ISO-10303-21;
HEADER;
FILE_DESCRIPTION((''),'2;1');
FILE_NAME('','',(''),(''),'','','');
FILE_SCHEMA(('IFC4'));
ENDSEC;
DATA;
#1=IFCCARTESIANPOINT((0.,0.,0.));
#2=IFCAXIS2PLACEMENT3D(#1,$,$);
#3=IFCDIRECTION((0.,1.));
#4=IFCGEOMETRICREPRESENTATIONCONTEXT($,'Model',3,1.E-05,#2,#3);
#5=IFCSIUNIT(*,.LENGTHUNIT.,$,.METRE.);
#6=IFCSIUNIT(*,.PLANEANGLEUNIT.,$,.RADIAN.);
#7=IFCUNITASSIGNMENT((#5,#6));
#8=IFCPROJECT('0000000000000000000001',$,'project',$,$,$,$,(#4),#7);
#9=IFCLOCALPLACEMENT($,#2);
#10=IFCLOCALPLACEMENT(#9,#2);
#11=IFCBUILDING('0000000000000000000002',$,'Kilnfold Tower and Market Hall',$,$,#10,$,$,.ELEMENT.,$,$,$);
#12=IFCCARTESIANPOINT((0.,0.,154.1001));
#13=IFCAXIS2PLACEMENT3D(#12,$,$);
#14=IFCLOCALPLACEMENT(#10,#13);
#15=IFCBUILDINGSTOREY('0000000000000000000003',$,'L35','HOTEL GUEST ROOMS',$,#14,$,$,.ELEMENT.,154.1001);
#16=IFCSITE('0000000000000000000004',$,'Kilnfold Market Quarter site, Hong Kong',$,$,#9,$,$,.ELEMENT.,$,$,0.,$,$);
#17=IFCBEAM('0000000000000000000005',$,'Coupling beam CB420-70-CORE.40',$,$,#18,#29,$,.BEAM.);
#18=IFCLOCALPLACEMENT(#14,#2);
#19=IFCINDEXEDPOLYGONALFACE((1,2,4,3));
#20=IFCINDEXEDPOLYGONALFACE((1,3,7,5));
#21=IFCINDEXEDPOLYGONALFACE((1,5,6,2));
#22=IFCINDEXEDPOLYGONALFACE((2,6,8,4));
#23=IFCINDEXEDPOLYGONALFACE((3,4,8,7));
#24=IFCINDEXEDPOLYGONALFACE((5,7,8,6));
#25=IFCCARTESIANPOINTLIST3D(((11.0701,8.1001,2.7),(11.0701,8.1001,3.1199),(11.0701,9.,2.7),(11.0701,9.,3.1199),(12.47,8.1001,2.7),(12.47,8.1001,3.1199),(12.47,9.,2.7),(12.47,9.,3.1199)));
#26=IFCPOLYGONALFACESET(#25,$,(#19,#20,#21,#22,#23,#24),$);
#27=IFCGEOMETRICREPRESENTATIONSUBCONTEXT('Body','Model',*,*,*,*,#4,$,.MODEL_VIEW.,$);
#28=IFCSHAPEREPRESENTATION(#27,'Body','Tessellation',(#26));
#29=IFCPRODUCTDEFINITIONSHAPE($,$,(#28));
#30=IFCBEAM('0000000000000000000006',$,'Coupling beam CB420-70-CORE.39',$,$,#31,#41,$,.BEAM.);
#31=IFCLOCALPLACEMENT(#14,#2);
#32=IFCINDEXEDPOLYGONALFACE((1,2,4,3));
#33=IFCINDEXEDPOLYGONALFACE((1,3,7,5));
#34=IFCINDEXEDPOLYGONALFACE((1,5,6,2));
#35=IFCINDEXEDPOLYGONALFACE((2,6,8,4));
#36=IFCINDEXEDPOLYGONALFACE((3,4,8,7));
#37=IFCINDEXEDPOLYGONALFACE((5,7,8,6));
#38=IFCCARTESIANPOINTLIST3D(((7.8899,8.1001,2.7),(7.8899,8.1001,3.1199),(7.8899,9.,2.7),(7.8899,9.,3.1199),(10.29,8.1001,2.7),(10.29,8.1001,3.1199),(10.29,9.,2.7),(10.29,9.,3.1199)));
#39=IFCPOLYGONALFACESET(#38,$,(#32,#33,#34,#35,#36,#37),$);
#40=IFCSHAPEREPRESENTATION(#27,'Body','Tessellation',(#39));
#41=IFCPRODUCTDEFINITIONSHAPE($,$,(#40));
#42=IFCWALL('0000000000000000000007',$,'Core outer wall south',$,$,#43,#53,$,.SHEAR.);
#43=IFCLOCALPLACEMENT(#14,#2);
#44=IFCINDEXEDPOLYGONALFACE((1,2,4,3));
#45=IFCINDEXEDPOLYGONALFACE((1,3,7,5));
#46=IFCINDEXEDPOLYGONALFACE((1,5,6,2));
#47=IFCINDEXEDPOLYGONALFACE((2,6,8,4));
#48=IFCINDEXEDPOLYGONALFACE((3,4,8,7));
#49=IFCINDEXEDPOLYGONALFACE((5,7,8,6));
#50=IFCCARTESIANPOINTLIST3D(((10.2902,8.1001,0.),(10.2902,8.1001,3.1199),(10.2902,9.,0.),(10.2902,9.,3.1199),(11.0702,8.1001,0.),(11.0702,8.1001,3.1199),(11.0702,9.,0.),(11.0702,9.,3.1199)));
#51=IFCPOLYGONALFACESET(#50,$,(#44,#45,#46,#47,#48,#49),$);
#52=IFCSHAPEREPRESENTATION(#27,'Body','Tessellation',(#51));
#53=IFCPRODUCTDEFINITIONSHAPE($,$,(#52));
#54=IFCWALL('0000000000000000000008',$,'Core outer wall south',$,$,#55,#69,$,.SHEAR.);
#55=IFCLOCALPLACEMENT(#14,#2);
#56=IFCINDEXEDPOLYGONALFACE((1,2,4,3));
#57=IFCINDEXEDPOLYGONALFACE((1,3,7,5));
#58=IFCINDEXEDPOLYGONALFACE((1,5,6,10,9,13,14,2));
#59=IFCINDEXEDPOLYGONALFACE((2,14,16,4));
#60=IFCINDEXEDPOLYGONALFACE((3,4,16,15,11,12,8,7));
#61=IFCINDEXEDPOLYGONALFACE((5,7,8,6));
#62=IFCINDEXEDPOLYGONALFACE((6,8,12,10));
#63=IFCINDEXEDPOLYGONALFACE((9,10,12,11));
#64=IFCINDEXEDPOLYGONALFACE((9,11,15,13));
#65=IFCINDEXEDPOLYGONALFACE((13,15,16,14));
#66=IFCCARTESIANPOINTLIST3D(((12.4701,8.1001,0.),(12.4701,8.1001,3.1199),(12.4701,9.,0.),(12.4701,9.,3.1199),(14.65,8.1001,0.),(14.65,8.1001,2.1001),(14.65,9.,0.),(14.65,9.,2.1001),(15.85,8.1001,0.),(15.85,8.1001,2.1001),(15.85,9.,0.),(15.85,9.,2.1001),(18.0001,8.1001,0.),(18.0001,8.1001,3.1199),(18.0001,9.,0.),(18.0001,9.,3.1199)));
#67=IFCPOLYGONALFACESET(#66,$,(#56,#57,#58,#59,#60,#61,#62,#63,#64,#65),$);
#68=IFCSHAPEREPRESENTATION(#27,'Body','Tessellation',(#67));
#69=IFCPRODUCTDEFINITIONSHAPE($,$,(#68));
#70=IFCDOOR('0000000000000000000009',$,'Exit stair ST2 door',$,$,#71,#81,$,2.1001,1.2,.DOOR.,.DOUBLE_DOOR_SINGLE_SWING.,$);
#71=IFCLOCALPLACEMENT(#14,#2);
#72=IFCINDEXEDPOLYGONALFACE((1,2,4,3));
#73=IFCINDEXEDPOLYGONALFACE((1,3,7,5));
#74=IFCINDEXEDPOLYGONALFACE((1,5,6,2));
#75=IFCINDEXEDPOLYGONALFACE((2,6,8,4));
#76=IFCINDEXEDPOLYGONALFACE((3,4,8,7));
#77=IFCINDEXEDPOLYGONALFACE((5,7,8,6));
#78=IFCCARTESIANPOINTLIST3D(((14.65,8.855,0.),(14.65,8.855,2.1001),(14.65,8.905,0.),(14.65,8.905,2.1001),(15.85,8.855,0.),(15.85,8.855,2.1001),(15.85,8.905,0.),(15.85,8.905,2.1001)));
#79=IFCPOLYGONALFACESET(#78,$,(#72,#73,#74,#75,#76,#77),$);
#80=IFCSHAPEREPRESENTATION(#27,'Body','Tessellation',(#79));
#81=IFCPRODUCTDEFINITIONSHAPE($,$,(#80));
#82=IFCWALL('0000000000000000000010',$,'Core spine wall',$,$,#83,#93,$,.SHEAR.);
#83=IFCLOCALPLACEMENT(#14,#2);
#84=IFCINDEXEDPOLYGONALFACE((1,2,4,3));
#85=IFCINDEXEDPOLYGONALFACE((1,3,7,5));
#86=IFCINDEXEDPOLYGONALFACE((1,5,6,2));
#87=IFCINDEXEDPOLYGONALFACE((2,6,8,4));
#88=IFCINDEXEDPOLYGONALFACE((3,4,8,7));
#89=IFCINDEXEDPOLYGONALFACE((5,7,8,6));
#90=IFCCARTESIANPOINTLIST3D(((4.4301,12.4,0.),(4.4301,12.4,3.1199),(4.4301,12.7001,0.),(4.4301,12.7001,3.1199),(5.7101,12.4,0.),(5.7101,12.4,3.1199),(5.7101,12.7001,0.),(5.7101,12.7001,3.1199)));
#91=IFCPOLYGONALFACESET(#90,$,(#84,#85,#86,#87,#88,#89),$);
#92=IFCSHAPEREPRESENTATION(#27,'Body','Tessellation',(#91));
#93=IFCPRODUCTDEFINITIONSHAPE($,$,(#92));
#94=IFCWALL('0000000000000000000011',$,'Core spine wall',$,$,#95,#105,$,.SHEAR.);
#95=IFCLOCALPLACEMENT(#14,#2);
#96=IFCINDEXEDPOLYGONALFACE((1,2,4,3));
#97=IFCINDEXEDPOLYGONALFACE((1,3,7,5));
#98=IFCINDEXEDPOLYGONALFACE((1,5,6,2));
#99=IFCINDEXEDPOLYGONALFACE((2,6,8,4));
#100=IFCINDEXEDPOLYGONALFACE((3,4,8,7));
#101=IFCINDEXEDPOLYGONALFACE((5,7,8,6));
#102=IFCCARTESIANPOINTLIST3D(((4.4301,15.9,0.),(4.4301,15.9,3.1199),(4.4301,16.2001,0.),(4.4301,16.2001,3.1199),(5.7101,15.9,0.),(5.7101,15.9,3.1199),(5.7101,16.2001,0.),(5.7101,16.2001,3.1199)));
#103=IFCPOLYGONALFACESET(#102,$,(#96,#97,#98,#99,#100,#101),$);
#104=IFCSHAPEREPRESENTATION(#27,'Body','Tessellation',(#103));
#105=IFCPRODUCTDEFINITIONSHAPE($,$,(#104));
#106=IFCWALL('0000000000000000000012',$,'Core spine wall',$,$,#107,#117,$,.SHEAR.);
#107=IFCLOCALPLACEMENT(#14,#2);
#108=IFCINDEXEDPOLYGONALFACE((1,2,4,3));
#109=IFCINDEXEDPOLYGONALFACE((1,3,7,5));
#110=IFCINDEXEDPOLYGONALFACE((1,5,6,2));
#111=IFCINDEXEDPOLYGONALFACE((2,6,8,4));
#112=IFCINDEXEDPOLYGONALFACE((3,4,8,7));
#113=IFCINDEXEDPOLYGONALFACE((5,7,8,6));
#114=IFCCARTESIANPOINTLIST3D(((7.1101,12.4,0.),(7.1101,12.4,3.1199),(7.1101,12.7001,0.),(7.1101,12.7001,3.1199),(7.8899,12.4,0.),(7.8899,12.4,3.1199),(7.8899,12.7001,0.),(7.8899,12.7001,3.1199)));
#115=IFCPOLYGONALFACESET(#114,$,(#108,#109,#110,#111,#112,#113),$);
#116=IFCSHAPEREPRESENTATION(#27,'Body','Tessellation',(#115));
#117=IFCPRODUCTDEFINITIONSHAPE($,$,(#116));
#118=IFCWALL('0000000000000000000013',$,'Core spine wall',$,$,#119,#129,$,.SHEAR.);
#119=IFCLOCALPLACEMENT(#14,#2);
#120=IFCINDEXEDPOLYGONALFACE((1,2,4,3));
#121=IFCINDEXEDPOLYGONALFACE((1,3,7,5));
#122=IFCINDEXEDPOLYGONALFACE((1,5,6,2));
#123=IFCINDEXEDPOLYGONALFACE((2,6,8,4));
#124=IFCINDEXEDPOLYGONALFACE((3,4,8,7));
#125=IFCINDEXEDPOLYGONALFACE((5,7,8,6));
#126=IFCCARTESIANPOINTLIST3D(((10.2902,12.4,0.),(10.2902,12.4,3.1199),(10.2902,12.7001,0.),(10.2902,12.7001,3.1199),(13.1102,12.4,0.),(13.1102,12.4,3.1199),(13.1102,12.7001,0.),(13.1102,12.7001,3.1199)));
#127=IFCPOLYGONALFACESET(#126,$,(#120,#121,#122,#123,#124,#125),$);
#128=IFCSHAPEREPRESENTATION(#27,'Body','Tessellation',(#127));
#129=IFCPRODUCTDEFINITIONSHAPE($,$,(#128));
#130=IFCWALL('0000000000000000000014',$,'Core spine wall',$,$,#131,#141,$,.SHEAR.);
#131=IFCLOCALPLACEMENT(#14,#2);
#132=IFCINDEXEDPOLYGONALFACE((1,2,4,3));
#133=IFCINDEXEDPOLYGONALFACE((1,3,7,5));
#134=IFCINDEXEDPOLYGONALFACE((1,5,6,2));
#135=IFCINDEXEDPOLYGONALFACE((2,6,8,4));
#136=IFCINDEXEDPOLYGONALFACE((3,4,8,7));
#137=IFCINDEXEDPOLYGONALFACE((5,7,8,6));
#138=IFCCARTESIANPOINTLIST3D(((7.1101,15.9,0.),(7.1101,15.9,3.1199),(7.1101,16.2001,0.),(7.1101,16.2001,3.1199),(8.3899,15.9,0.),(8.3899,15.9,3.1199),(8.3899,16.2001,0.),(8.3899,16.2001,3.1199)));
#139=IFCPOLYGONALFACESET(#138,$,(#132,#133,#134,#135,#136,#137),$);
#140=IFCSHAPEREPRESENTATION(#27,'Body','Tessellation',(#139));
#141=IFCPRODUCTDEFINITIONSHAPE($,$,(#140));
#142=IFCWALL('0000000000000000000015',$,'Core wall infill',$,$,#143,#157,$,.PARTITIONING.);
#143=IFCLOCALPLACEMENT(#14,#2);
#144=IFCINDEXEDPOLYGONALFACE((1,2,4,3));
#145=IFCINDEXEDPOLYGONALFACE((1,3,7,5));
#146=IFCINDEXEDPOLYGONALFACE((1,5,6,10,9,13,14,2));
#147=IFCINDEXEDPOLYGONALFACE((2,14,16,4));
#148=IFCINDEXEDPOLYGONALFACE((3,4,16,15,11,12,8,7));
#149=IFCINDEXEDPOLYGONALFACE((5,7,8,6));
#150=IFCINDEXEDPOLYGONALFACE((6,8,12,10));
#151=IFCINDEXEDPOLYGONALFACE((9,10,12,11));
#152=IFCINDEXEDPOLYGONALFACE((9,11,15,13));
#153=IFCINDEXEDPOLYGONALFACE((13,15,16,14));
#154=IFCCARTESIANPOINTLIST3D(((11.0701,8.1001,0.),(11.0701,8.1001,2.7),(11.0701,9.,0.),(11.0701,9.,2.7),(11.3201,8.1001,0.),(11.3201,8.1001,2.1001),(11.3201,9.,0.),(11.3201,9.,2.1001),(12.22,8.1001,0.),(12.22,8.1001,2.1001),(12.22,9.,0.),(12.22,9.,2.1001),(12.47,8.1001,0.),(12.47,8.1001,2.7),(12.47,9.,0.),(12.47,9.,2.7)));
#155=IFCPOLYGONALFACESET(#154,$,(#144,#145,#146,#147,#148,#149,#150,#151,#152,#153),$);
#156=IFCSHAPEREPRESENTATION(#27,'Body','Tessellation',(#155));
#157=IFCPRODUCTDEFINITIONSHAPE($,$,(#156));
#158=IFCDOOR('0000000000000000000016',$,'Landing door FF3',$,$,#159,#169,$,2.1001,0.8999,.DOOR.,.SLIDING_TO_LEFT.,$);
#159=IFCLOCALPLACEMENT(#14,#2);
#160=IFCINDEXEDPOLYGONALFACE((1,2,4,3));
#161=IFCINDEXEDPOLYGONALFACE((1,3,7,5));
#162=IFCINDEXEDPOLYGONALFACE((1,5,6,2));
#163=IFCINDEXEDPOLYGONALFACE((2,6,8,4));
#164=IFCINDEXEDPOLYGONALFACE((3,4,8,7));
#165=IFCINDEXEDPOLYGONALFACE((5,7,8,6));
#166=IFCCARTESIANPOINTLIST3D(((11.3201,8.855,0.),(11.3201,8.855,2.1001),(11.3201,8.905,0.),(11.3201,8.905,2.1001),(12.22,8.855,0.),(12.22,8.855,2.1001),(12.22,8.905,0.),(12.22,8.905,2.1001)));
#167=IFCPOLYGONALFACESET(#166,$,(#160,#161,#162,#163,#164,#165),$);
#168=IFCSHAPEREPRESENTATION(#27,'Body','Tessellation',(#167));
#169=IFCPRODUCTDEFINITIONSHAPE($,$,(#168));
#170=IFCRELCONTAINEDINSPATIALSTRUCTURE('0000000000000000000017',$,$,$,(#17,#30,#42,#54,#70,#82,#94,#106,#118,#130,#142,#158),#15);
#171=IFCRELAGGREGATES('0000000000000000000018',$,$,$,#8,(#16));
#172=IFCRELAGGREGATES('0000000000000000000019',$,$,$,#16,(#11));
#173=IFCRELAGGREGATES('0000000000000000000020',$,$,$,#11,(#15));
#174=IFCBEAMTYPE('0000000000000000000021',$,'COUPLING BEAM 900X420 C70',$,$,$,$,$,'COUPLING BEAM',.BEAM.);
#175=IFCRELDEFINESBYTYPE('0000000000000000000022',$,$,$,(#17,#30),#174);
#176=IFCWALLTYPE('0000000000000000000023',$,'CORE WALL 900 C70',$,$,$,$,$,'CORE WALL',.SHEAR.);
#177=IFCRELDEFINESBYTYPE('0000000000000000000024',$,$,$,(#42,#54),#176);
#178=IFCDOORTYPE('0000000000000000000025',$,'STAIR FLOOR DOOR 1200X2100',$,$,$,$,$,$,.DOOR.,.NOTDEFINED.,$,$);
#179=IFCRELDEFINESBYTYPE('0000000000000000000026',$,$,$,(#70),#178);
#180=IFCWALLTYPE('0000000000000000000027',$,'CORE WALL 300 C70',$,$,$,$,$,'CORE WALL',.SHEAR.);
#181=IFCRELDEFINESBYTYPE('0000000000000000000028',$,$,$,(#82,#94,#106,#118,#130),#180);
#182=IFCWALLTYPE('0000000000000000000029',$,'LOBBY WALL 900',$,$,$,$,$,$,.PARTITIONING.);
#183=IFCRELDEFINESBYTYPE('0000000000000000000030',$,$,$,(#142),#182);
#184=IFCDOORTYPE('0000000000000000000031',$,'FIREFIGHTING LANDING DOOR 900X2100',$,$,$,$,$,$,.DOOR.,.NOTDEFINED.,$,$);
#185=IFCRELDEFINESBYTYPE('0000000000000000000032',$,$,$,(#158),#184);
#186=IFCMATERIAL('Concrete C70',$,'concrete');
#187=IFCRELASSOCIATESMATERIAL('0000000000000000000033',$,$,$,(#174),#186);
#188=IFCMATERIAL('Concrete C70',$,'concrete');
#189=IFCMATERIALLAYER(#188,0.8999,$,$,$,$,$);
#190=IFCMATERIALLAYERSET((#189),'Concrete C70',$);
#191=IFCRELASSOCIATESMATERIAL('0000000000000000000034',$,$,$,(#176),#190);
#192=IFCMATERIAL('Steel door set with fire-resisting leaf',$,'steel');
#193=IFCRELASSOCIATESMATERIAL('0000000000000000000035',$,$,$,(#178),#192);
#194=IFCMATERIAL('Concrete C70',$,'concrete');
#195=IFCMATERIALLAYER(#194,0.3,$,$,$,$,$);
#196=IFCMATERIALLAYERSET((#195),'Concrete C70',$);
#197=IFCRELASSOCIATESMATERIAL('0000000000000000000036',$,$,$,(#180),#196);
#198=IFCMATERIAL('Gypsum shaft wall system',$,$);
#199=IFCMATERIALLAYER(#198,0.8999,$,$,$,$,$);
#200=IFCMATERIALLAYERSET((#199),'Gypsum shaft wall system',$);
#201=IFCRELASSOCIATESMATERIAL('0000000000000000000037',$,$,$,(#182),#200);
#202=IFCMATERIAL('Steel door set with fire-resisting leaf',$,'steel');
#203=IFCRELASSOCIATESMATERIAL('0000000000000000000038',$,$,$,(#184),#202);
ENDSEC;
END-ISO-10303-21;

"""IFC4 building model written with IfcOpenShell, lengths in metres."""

from ifc_helpers import new_model, si_unit, direction, frame, frame_2d, origin, origin_2d, place, context, subcontext, project, spatial, rectangle, extrude, source, transform, mapped, material, layer, layer_set, material_profile, profile_set, type_object, element, fill, save


model = new_model("IFC4")

# Units and contexts
model_context = context("Model", 3, precision=1e-05, world=origin(), true_north=direction((0.0, 1.0)))
body_context = subcontext(model_context, "Body", "Model", "MODEL_VIEW")
ifc_project = project(units=[si_unit("LENGTHUNIT", "METRE"), si_unit("PLANEANGLEUNIT", "RADIAN")], contexts=[model_context])

# Site, building, storey
site_placement = place(None, origin())
site = spatial("IfcSite", under=ifc_project, at=site_placement, Name="Kilnfold Market Quarter site, Hong Kong", CompositionType="ELEMENT", RefElevation=0.0)
building_placement = place(site_placement, origin())
building = spatial("IfcBuilding", under=site, at=building_placement, Name="Kilnfold Tower and Market Hall", CompositionType="ELEMENT")
storey_placement = place(building_placement, frame((0.0, 0.0, 154.1001)))
storey = spatial("IfcBuildingStorey", under=building, at=storey_placement, Name="L35", Description="HOTEL GUEST ROOMS", CompositionType="ELEMENT", Elevation=154.1001)

# Beams
ifc_material_1 = material(Name="Concrete C70", Category="concrete")
ifc_material_profile = material_profile(ifc_material_1, rectangle(XDim=0.8999, YDim=0.4199, at=origin_2d()), Name="RC 900x420")
ifc_profile_set = profile_set([ifc_material_profile], Name="Concrete C70")
beam_type = type_object("IfcBeamType", Name="COUPLING BEAM 900X420 C70", ElementType="COUPLING BEAM", PredefinedType="BEAM", material=ifc_profile_set)
shared_shape_1 = source(origin(), body_context, "Body", "SweptSolid", [
    extrude(rectangle(XDim=0.8999, YDim=0.4199, at=origin_2d()), origin(), (0.0, 0.0, 1.0), 1.3999),
])
beam_1_placement = place(storey_placement, frame((11.0701, 8.55, 2.9099), z_axis=(1.0, 0.0, 0.0), x_axis=(0.0, 1.0, 0.0)))
element("IfcBeam", 1, at=beam_1_placement, inside=storey, type_object=beam_type, Name="Coupling beam CB420-70-CORE.40", PredefinedType="BEAM", context=body_context, shape_type="MappedRepresentation", body=[
    mapped(shared_shape_1, transform((0.0, 0.0, 0.0))),
])
shared_shape_2 = source(origin(), body_context, "Body", "SweptSolid", [
    extrude(rectangle(XDim=0.8999, YDim=0.4199, at=origin_2d()), origin(), (0.0, 0.0, 1.0), 2.4001),
])
beam_2_placement = place(storey_placement, frame((7.8899, 8.55, 2.9099), z_axis=(1.0, 0.0, 0.0), x_axis=(0.0, 1.0, 0.0)))
element("IfcBeam", 2, at=beam_2_placement, inside=storey, type_object=beam_type, Name="Coupling beam CB420-70-CORE.39", PredefinedType="BEAM", context=body_context, shape_type="MappedRepresentation", body=[
    mapped(shared_shape_2, transform((0.0, 0.0, 0.0))),
])

# Wall
ifc_material_2 = material(Name="Concrete C70", Category="concrete")
ifc_layer_1 = layer(ifc_material_2, 0.8999)
ifc_layer_set_1 = layer_set([ifc_layer_1], Name="Concrete C70")
wall_type_1 = type_object("IfcWallType", Name="CORE WALL 900 C70", ElementType="CORE WALL", PredefinedType="SHEAR", material=ifc_layer_set_1)
shared_shape_3 = source(origin(), body_context, "Body", "SweptSolid", [
    extrude(rectangle(XDim=0.78, YDim=0.8999, at=frame_2d((0.3901, 0.0))), origin(), (0.0, 0.0, 1.0), 3.1199),
])
wall_1_placement = place(storey_placement, frame((10.29, 8.55, 0.0), z_axis=(0.0, 0.0, 1.0), x_axis=(1.0, 0.0, 0.0)))
element("IfcWall", 3, at=wall_1_placement, inside=storey, type_object=wall_type_1, Name="Core outer wall south", PredefinedType="SHEAR", context=body_context, shape_type="MappedRepresentation", body=[
    mapped(shared_shape_3, transform((0.0, 0.0, 0.0))),
])

# Wall, opening, door
shared_shape_4 = source(origin(), body_context, "Body", "SweptSolid", [
    extrude(rectangle(XDim=5.53, YDim=0.8999, at=frame_2d((2.7651, 0.0))), origin(), (0.0, 0.0, 1.0), 3.1199),
])
wall_2_placement = place(storey_placement, frame((12.47, 8.55, 0.0), z_axis=(0.0, 0.0, 1.0), x_axis=(1.0, 0.0, 0.0)))
wall_2 = element("IfcWall", 4, at=wall_2_placement, inside=storey, type_object=wall_type_1, Name="Core outer wall south", PredefinedType="SHEAR", context=body_context, shape_type="MappedRepresentation", body=[
    mapped(shared_shape_4, transform((0.0, 0.0, 0.0))),
])
opening_1_placement = place(wall_2_placement, frame((2.1799, 0.0, 0.0)))
opening_1 = element("IfcOpeningElement", 5, at=opening_1_placement, cuts=wall_2, PredefinedType="OPENING", context=body_context, shape_type="SweptSolid", body=[
    extrude(rectangle(XDim=1.2, YDim=2.1001, at=frame_2d((0.6001, 1.05))), frame((0.0, 0.46, 0.0), z_axis=(0.0, -1.0, 0.0), x_axis=(1.0, 0.0, 0.0)), (0.0, 0.0, 1.0), 0.9199),
])
ifc_material_3 = material(Name="Steel door set with fire-resisting leaf", Category="steel")
door_type_1 = type_object("IfcDoorType", Name="STAIR FLOOR DOOR 1200X2100", OperationType="NOTDEFINED", PredefinedType="DOOR", material=ifc_material_3)
door_1_placement = place(opening_1_placement, origin())
door_1 = element("IfcDoor", 6, at=door_1_placement, inside=storey, type_object=door_type_1, Name="Exit stair ST2 door", OperationType="DOUBLE_DOOR_SINGLE_SWING", OverallHeight=2.1001, OverallWidth=1.2, PredefinedType="DOOR", context=body_context, shape_type="SweptSolid", body=[
    extrude(rectangle(XDim=1.2, YDim=2.1001, at=frame_2d((0.6001, 1.05))), frame((0.0, 0.355, 0.0), z_axis=(0.0, -1.0, 0.0), x_axis=(1.0, 0.0, 0.0)), (0.0, 0.0, 1.0), 0.05),
])
fill(opening_1, door_1)

# Walls
ifc_material_4 = material(Name="Concrete C70", Category="concrete")
ifc_layer_2 = layer(ifc_material_4, 0.3)
ifc_layer_set_2 = layer_set([ifc_layer_2], Name="Concrete C70")
wall_type_2 = type_object("IfcWallType", Name="CORE WALL 300 C70", ElementType="CORE WALL", PredefinedType="SHEAR", material=ifc_layer_set_2)
shared_shape_5 = source(origin(), body_context, "Body", "SweptSolid", [
    extrude(rectangle(XDim=1.28, YDim=0.3, at=frame_2d((0.6401, 0.0))), origin(), (0.0, 0.0, 1.0), 3.1199),
])
for number, where, z_axis, x_axis, name in (
    (7, (4.4299, 12.55, 0.0), (0.0, 0.0, 1.0), (1.0, 0.0, 0.0), "Core spine wall"),
    (8, (4.4299, 16.05, 0.0), (0.0, 0.0, 1.0), (1.0, 0.0, 0.0), "Core spine wall"),
):
    element("IfcWall", number, at=place(storey_placement, frame(where, z_axis=z_axis, x_axis=x_axis)), inside=storey, type_object=wall_type_2, Name=name, PredefinedType="SHEAR", context=body_context, shape_type="MappedRepresentation", body=[
        mapped(shared_shape_5, transform((0.0, 0.0, 0.0))),
    ])
shared_shape_6 = source(origin(), body_context, "Body", "SweptSolid", [
    extrude(rectangle(XDim=0.7798, YDim=0.3, at=frame_2d((0.3899, 0.0))), origin(), (0.0, 0.0, 1.0), 3.1199),
])
wall_3_placement = place(storey_placement, frame((7.1101, 12.55, 0.0), z_axis=(0.0, 0.0, 1.0), x_axis=(1.0, 0.0, 0.0)))
element("IfcWall", 9, at=wall_3_placement, inside=storey, type_object=wall_type_2, Name="Core spine wall", PredefinedType="SHEAR", context=body_context, shape_type="MappedRepresentation", body=[
    mapped(shared_shape_6, transform((0.0, 0.0, 0.0))),
])
shared_shape_7 = source(origin(), body_context, "Body", "SweptSolid", [
    extrude(rectangle(XDim=2.8201, YDim=0.3, at=frame_2d((1.4102, 0.0))), origin(), (0.0, 0.0, 1.0), 3.1199),
])
wall_4_placement = place(storey_placement, frame((10.29, 12.55, 0.0), z_axis=(0.0, 0.0, 1.0), x_axis=(1.0, 0.0, 0.0)))
element("IfcWall", 10, at=wall_4_placement, inside=storey, type_object=wall_type_2, Name="Core spine wall", PredefinedType="SHEAR", context=body_context, shape_type="MappedRepresentation", body=[
    mapped(shared_shape_7, transform((0.0, 0.0, 0.0))),
])
shared_shape_8 = source(origin(), body_context, "Body", "SweptSolid", [
    extrude(rectangle(XDim=1.2798, YDim=0.3, at=frame_2d((0.6399, 0.0))), origin(), (0.0, 0.0, 1.0), 3.1199),
])
wall_5_placement = place(storey_placement, frame((7.1101, 16.05, 0.0), z_axis=(0.0, 0.0, 1.0), x_axis=(1.0, 0.0, 0.0)))
element("IfcWall", 11, at=wall_5_placement, inside=storey, type_object=wall_type_2, Name="Core spine wall", PredefinedType="SHEAR", context=body_context, shape_type="MappedRepresentation", body=[
    mapped(shared_shape_8, transform((0.0, 0.0, 0.0))),
])

# Wall, opening, door
ifc_material_5 = material(Name="Gypsum shaft wall system")
ifc_layer_3 = layer(ifc_material_5, 0.8999)
ifc_layer_set_3 = layer_set([ifc_layer_3], Name="Gypsum shaft wall system")
wall_type_3 = type_object("IfcWallType", Name="LOBBY WALL 900", PredefinedType="PARTITIONING", material=ifc_layer_set_3)
shared_shape_9 = source(origin(), body_context, "Body", "SweptSolid", [
    extrude(rectangle(XDim=1.3999, YDim=0.8999, at=frame_2d((0.7, 0.0))), origin(), (0.0, 0.0, 1.0), 2.7),
])
wall_6_placement = place(storey_placement, frame((11.0701, 8.55, 0.0), z_axis=(0.0, 0.0, 1.0), x_axis=(1.0, 0.0, 0.0)))
wall_6 = element("IfcWall", 12, at=wall_6_placement, inside=storey, type_object=wall_type_3, Name="Core wall infill", PredefinedType="PARTITIONING", context=body_context, shape_type="MappedRepresentation", body=[
    mapped(shared_shape_9, transform((0.0, 0.0, 0.0))),
])
opening_2_placement = place(wall_6_placement, frame((0.25, 0.0, 0.0)))
opening_2 = element("IfcOpeningElement", 13, at=opening_2_placement, cuts=wall_6, PredefinedType="OPENING", context=body_context, shape_type="SweptSolid", body=[
    extrude(rectangle(XDim=0.8999, YDim=2.1001, at=frame_2d((0.45, 1.05))), frame((0.0, 0.46, 0.0), z_axis=(0.0, -1.0, 0.0), x_axis=(1.0, 0.0, 0.0)), (0.0, 0.0, 1.0), 0.9199),
])
ifc_material_6 = material(Name="Steel door set with fire-resisting leaf", Category="steel")
door_type_2 = type_object("IfcDoorType", Name="FIREFIGHTING LANDING DOOR 900X2100", OperationType="NOTDEFINED", PredefinedType="DOOR", material=ifc_material_6)
door_2_placement = place(opening_2_placement, origin())
door_2 = element("IfcDoor", 14, at=door_2_placement, inside=storey, type_object=door_type_2, Name="Landing door FF3", OperationType="SLIDING_TO_LEFT", OverallHeight=2.1001, OverallWidth=0.8999, PredefinedType="DOOR", context=body_context, shape_type="SweptSolid", body=[
    extrude(rectangle(XDim=0.8999, YDim=2.1001, at=frame_2d((0.45, 1.05))), frame((0.0, 0.355, 0.0), z_axis=(0.0, -1.0, 0.0), x_axis=(1.0, 0.0, 0.0)), (0.0, 0.0, 1.0), 0.05),
])
fill(opening_2, door_2)

save(model, "model.ifc")
